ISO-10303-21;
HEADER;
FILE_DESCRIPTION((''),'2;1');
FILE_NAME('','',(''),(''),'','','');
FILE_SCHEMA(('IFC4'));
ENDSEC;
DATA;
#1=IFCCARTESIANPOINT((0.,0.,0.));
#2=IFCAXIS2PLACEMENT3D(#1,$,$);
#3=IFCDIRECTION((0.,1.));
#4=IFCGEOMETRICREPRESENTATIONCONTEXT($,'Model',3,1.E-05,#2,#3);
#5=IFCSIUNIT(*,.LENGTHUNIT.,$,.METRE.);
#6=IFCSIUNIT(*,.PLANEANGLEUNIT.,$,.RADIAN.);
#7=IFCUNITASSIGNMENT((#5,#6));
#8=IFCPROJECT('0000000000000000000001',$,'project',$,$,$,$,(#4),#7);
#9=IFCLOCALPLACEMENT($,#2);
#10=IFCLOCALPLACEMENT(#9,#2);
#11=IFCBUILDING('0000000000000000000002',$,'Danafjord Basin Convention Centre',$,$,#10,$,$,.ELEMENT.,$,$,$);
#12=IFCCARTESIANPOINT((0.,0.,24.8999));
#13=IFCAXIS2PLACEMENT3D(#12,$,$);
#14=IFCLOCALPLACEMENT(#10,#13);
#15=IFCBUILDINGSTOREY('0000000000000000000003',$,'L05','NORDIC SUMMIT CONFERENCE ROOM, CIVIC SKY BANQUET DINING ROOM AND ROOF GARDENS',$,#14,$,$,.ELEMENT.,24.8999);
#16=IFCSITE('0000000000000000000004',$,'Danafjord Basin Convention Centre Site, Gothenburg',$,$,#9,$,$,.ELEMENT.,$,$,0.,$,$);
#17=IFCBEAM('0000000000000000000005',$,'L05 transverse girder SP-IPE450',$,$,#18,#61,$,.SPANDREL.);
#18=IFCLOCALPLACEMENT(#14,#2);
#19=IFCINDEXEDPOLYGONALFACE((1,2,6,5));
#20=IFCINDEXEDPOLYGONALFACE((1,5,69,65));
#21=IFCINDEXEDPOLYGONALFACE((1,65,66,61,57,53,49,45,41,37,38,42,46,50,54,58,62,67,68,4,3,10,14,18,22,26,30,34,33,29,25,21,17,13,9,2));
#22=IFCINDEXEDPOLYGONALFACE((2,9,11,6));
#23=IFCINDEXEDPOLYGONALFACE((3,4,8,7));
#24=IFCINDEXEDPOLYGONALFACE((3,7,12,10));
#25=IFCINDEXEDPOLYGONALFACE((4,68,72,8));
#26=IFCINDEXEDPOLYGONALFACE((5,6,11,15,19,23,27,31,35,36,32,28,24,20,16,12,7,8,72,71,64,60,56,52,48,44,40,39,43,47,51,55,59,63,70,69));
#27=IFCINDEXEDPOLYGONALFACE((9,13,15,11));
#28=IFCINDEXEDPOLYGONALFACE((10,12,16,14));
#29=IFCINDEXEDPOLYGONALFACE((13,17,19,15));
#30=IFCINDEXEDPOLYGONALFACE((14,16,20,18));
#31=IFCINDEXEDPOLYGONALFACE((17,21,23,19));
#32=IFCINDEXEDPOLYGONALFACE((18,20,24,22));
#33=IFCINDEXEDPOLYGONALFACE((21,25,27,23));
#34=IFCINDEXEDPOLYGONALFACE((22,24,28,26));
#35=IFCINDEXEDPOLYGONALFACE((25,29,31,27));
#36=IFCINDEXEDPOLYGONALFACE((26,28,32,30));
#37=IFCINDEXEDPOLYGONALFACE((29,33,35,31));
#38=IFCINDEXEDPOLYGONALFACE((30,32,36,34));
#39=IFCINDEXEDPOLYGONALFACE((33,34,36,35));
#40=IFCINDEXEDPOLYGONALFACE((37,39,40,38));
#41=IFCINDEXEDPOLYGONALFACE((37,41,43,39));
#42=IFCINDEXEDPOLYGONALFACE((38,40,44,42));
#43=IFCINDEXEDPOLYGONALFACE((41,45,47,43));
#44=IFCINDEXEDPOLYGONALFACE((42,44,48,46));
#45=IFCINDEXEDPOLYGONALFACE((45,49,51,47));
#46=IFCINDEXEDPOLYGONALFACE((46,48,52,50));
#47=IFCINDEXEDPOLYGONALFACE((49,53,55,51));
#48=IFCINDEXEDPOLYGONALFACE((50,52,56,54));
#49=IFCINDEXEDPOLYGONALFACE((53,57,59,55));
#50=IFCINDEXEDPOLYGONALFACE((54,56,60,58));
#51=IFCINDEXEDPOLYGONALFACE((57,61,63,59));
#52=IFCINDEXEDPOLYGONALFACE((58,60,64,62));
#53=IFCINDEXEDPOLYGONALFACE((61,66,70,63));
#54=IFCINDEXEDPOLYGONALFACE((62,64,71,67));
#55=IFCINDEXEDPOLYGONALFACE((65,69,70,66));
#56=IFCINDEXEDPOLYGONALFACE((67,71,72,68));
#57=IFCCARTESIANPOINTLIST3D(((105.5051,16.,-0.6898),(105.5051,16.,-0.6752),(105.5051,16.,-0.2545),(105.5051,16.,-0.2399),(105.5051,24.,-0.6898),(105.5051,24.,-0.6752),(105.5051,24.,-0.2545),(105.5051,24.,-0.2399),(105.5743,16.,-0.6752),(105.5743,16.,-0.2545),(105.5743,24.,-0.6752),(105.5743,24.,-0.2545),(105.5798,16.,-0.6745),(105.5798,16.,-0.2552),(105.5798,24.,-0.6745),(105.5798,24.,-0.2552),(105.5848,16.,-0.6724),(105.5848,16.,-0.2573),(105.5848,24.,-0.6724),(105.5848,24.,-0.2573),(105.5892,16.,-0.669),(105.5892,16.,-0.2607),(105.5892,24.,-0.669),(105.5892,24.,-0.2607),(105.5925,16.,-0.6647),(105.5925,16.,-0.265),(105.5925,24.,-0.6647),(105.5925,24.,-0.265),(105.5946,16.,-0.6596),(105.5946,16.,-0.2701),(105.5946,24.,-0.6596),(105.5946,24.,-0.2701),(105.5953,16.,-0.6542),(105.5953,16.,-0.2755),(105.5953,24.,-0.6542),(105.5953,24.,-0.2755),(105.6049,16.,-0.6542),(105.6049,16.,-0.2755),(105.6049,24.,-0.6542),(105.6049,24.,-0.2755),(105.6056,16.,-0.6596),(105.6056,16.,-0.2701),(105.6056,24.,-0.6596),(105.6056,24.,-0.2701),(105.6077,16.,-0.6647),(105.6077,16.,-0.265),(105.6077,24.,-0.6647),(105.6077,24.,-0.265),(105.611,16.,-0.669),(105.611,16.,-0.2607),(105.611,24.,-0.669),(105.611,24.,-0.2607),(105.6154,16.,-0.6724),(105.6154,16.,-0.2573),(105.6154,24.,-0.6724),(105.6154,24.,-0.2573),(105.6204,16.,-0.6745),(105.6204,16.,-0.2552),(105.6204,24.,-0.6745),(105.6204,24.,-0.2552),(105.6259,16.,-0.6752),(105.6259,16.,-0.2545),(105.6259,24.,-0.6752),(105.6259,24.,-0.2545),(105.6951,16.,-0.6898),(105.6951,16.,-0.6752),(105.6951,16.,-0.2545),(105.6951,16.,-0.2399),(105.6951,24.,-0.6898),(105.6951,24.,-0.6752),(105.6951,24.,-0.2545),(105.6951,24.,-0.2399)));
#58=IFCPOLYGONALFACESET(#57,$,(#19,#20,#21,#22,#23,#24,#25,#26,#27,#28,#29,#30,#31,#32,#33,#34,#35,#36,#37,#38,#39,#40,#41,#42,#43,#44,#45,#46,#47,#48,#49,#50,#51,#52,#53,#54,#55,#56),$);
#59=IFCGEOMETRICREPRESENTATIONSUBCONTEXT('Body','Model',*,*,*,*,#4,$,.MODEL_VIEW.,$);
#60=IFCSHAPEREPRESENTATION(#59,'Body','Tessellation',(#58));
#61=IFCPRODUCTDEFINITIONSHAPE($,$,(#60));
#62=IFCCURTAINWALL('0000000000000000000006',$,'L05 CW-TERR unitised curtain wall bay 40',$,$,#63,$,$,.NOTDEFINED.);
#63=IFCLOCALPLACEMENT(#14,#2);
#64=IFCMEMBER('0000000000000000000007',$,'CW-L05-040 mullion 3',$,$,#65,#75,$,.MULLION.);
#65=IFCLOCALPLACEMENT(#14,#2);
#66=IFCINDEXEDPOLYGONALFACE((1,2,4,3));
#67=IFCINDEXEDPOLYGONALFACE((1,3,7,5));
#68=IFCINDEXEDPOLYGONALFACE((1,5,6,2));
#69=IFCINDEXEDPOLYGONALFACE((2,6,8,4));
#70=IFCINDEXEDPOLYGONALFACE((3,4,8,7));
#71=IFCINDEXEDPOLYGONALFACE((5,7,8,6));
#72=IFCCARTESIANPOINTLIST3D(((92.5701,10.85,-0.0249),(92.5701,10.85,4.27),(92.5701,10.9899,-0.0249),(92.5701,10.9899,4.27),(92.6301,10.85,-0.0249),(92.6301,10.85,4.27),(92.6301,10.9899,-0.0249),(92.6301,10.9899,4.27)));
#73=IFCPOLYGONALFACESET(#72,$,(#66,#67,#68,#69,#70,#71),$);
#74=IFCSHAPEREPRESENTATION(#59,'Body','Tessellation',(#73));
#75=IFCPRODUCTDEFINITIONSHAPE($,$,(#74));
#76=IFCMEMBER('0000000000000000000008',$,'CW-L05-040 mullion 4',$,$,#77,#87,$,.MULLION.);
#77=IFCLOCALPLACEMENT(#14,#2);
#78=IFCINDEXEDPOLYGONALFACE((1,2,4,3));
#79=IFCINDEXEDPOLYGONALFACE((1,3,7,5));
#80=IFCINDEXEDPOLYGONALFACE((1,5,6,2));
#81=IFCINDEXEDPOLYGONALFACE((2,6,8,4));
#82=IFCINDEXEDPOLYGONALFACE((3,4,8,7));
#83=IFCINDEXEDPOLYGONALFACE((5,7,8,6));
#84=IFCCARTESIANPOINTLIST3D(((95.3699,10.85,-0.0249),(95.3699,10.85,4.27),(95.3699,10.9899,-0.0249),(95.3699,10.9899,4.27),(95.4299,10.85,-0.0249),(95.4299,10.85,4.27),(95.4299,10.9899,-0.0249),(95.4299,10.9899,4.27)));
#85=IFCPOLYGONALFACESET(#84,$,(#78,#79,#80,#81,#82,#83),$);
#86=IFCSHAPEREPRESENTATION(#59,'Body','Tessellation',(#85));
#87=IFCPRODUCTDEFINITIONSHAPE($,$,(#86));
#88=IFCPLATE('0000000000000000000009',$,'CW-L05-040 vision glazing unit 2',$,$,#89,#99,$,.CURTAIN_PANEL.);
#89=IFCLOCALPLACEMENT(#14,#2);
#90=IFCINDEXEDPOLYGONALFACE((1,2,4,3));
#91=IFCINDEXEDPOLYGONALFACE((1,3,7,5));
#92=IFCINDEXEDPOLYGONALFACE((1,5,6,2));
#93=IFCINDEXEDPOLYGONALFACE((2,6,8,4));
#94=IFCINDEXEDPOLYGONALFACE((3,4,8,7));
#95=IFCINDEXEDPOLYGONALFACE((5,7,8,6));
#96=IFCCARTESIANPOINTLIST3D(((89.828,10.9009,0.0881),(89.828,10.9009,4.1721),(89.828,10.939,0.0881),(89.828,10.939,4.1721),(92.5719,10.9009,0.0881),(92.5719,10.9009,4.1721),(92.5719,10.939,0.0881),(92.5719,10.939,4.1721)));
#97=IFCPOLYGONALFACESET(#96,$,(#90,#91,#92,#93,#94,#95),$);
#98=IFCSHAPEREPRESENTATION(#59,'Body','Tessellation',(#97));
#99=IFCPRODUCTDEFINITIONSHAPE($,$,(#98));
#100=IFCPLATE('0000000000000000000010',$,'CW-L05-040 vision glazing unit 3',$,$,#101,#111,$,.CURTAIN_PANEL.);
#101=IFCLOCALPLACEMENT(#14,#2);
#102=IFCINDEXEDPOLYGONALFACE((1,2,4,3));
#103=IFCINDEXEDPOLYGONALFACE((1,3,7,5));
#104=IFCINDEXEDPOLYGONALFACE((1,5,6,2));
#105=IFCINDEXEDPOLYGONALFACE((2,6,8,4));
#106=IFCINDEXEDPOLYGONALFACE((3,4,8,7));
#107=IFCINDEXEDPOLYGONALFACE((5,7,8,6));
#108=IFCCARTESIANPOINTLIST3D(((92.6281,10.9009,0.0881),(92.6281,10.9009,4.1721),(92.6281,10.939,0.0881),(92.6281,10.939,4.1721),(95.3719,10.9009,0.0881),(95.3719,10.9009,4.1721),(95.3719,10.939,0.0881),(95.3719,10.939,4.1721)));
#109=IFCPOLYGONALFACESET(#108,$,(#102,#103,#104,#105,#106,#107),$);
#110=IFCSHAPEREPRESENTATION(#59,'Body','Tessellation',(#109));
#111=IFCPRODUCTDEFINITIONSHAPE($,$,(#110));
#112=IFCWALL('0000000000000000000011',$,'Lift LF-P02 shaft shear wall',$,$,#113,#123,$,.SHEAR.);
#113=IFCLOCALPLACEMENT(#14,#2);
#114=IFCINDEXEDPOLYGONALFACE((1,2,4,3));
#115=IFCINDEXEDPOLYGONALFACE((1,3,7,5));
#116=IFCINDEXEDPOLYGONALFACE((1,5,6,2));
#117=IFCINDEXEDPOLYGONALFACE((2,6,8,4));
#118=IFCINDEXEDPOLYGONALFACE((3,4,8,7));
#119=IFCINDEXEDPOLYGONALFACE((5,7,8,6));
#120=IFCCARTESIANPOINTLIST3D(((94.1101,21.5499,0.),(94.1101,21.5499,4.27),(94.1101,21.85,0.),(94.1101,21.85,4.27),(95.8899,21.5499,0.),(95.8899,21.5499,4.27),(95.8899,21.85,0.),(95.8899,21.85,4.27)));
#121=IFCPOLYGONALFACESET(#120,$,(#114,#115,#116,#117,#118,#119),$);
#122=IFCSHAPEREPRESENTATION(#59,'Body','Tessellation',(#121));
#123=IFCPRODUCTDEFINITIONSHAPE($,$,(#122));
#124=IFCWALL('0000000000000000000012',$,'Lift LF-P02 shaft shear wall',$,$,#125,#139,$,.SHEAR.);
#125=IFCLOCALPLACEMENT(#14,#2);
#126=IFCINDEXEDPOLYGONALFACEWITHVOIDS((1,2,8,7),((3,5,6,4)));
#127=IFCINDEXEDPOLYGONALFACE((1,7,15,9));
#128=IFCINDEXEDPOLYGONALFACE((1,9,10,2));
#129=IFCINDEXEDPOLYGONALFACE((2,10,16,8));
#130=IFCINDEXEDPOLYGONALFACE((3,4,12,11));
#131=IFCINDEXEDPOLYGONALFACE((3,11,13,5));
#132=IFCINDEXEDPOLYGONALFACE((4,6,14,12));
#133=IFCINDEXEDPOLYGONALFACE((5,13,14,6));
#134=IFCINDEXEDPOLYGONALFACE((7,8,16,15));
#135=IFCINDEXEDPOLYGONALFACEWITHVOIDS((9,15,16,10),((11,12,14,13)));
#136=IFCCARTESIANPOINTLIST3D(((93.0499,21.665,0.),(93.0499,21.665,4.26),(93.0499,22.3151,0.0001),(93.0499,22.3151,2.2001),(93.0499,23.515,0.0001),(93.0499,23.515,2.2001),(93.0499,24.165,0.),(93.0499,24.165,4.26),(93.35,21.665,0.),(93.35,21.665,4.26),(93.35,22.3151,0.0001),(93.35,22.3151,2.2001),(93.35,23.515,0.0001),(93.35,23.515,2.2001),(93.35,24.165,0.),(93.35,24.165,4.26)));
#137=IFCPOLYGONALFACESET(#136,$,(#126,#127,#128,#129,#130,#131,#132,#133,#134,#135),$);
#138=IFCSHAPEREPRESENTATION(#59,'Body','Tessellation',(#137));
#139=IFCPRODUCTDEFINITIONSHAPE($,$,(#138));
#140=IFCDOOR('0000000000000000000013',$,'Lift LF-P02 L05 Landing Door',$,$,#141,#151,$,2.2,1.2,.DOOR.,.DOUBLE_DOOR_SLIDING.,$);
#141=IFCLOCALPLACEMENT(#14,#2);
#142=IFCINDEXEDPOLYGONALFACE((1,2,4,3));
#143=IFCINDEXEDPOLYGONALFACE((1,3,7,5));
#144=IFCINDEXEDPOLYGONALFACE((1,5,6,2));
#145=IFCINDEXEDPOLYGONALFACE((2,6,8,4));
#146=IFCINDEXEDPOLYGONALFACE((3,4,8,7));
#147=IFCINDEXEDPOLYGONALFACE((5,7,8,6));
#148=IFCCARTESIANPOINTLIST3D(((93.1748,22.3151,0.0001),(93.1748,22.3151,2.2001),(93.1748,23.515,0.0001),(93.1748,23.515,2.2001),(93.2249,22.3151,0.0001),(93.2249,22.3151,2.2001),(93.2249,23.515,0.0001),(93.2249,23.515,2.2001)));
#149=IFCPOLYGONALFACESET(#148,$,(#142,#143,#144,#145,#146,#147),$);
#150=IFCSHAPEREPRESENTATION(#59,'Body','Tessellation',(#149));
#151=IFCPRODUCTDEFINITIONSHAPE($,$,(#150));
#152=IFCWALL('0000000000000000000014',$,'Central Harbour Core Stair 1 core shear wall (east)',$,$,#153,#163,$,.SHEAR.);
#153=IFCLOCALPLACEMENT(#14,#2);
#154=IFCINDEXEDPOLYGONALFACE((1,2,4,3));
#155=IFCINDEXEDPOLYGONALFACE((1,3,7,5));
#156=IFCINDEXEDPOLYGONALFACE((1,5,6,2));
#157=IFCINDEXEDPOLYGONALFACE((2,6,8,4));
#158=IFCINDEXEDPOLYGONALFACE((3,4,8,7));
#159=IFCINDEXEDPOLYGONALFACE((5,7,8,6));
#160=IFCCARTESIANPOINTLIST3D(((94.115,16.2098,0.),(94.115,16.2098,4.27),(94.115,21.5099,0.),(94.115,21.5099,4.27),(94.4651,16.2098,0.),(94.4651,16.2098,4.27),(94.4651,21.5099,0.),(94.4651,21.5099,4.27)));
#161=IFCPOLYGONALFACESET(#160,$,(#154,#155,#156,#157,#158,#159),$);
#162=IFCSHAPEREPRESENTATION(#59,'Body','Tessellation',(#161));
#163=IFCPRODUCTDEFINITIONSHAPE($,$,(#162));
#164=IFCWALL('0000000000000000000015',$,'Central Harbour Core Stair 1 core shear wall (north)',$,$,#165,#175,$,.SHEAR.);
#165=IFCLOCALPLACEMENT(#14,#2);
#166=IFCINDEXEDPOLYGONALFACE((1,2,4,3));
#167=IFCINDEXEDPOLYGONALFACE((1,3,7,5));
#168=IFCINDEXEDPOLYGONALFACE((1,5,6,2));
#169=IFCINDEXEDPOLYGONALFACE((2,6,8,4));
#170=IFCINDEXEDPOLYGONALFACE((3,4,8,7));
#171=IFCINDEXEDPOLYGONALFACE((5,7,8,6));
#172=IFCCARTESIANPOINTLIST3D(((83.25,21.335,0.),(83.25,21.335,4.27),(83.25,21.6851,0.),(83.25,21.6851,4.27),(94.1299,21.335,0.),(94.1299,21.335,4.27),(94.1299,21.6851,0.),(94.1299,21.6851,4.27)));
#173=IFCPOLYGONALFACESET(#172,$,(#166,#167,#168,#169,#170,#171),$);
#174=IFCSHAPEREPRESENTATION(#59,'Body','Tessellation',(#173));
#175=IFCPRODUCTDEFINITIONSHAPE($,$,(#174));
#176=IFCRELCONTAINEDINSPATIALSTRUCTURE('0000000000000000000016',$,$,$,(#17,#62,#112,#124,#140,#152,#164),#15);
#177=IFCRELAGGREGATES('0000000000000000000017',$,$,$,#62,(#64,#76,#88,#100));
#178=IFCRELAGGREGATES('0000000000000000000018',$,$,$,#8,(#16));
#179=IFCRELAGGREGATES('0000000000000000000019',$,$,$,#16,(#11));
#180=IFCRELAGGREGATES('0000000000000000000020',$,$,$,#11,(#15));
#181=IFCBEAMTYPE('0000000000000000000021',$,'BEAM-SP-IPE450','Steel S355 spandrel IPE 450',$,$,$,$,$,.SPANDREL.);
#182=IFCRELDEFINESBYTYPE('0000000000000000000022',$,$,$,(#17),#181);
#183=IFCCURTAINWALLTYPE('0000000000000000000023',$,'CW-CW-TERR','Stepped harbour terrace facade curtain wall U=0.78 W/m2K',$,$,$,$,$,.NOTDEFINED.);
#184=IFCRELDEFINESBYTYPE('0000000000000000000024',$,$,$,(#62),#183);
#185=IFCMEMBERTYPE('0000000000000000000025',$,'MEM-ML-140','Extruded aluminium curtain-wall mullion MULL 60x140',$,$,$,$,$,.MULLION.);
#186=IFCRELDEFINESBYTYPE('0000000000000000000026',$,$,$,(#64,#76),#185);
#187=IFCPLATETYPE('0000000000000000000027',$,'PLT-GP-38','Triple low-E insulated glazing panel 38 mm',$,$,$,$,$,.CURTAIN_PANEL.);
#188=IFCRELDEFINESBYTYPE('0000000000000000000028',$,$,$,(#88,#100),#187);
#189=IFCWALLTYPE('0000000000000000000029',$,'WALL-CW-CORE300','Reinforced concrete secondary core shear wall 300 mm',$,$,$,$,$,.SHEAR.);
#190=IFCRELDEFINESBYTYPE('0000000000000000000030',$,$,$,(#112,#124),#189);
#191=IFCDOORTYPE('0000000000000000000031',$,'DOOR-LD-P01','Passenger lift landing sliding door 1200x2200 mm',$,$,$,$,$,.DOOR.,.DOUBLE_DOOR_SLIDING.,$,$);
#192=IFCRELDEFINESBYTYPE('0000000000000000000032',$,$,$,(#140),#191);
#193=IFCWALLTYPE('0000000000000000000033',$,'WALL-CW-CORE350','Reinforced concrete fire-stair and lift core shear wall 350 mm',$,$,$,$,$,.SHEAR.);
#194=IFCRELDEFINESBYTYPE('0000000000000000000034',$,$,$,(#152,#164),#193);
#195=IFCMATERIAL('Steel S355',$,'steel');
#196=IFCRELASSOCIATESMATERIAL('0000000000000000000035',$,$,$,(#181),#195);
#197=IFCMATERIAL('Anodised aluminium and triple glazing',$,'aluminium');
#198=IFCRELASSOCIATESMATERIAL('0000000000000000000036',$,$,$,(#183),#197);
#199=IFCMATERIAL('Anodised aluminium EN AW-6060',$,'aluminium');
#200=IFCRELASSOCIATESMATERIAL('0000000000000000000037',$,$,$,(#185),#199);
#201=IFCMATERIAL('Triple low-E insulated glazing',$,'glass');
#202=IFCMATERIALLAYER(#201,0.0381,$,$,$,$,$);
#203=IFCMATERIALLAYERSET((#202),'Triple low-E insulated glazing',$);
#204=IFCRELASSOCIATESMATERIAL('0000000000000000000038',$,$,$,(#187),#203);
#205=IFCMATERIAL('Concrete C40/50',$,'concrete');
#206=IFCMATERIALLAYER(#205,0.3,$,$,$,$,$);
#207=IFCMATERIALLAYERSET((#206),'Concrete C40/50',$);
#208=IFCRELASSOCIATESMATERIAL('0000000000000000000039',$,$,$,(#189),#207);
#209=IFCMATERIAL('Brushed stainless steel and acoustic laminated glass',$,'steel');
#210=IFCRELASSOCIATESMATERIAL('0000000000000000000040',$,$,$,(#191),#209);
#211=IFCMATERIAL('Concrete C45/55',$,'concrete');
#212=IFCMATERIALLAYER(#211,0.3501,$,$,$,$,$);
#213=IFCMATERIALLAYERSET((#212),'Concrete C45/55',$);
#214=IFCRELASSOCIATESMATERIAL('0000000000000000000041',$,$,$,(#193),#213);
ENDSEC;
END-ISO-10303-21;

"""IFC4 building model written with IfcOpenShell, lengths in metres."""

from ifc_helpers import new_model, si_unit, direction, frame, frame_2d, origin, origin_2d, place, context, subcontext, project, spatial, rectangle, i_section, extrude, material, layer, layer_set, material_profile, profile_set, type_object, element, fill, aggregate, save


model = new_model("IFC4")

# Units and contexts
model_context = context("Model", 3, precision=1e-05, world=origin(), true_north=direction((0.0, 1.0)))
body_context = subcontext(model_context, "Body", "Model", "MODEL_VIEW")
ifc_project = project(units=[si_unit("LENGTHUNIT", "METRE"), si_unit("PLANEANGLEUNIT", "RADIAN")], contexts=[model_context])

# Site, building, storey
site_placement = place(None, origin())
site = spatial("IfcSite", under=ifc_project, at=site_placement, Name="Danafjord Basin Convention Centre Site, Gothenburg", CompositionType="ELEMENT", RefElevation=0.0)
building_placement = place(site_placement, origin())
building = spatial("IfcBuilding", under=site, at=building_placement, Name="Danafjord Basin Convention Centre", CompositionType="ELEMENT")
storey_placement = place(building_placement, frame((0.0, 0.0, 24.8999)))
storey = spatial("IfcBuildingStorey", under=building, at=storey_placement, Name="L05", Description="NORDIC SUMMIT CONFERENCE ROOM, CIVIC SKY BANQUET DINING ROOM AND ROOF GARDENS", CompositionType="ELEMENT", Elevation=24.8999)

# Shared definitions
ifc_material_1 = material(Name="Steel S355", Category="steel")

# Beam
ifc_material_profile_1 = material_profile(ifc_material_1, i_section(OverallWidth=0.1899, OverallDepth=0.45, WebThickness=0.0095, FlangeThickness=0.0146, FilletRadius=0.021, at=origin_2d()), Name="IPE 450")
ifc_profile_set_1 = profile_set([ifc_material_profile_1], Name="Steel S355")
beam_type_1 = type_object("IfcBeamType", Name="BEAM-SP-IPE450", Description="Steel S355 spandrel IPE 450", PredefinedType="SPANDREL", material=ifc_profile_set_1)
beam_1_placement = place(storey_placement, frame((105.6001, 16.0, -0.4648), z_axis=(0.0, 1.0, 0.0), x_axis=(-1.0, 0.0, 0.0)))
element("IfcBeam", 1, at=beam_1_placement, inside=storey, type_object=beam_type_1, Name="L05 transverse girder SP-IPE450", PredefinedType="SPANDREL", context=body_context, shape_type="SweptSolid", body=[
    extrude(i_section(OverallWidth=0.1899, OverallDepth=0.45, WebThickness=0.0095, FlangeThickness=0.0146, FilletRadius=0.021, at=origin_2d()), origin(), (0.0, 0.0, 1.0), 8.0),
])

# Curtain wall, members, plates
ifc_material_2 = material(Name="Anodised aluminium and triple glazing", Category="aluminium")
curtain_wall_type = type_object("IfcCurtainWallType", Name="CW-CW-TERR", Description="Stepped harbour terrace facade curtain wall U=0.78 W/m2K", PredefinedType="NOTDEFINED", material=ifc_material_2)
curtain_wall_placement = place(storey_placement, origin())
curtain_wall = element("IfcCurtainWall", 2, at=curtain_wall_placement, inside=storey, type_object=curtain_wall_type, Name="L05 CW-TERR unitised curtain wall bay 40", PredefinedType="NOTDEFINED")
ifc_material_3 = material(Name="Anodised aluminium EN AW-6060", Category="aluminium")
ifc_material_profile_2 = material_profile(ifc_material_3, rectangle(XDim=0.0601, YDim=0.1399, at=origin_2d()), Name="MULL 60x140")
ifc_profile_set_2 = profile_set([ifc_material_profile_2], Name="Anodised aluminium EN AW-6060")
member_type = type_object("IfcMemberType", Name="MEM-ML-140", Description="Extruded aluminium curtain-wall mullion MULL 60x140", PredefinedType="MULLION", material=ifc_profile_set_2)
member_1_placement = place(storey_placement, frame((92.6001, 10.9199, -0.0249), z_axis=(0.0, 0.0, 1.0), x_axis=(1.0, 0.0, 0.0)))
member_1 = element("IfcMember", 3, at=member_1_placement, type_object=member_type, Name="CW-L05-040 mullion 3", PredefinedType="MULLION", context=body_context, shape_type="SweptSolid", body=[
    extrude(rectangle(XDim=0.0601, YDim=0.1399, at=origin_2d()), origin(), (0.0, 0.0, 1.0), 4.2949),
])
member_2_placement = place(storey_placement, frame((95.3999, 10.9199, -0.0249), z_axis=(0.0, 0.0, 1.0), x_axis=(1.0, 0.0, 0.0)))
member_2 = element("IfcMember", 4, at=member_2_placement, type_object=member_type, Name="CW-L05-040 mullion 4", PredefinedType="MULLION", context=body_context, shape_type="SweptSolid", body=[
    extrude(rectangle(XDim=0.0601, YDim=0.1399, at=origin_2d()), origin(), (0.0, 0.0, 1.0), 4.2949),
])
ifc_material_4 = material(Name="Triple low-E insulated glazing", Category="glass")
ifc_layer_1 = layer(ifc_material_4, 0.0381)
ifc_layer_set_1 = layer_set([ifc_layer_1], Name="Triple low-E insulated glazing")
plate_type = type_object("IfcPlateType", Name="PLT-GP-38", Description="Triple low-E insulated glazing panel 38 mm", PredefinedType="CURTAIN_PANEL", material=ifc_layer_set_1)
plate_1_placement = place(storey_placement, frame((91.2, 10.9199, 0.0881), z_axis=(0.0, 0.0, 1.0), x_axis=(1.0, 0.0, 0.0)))
plate_1 = element("IfcPlate", 5, at=plate_1_placement, type_object=plate_type, Name="CW-L05-040 vision glazing unit 2", PredefinedType="CURTAIN_PANEL", context=body_context, shape_type="SweptSolid", body=[
    extrude(rectangle(XDim=2.7439, YDim=0.0381, at=origin_2d()), origin(), (0.0, 0.0, 1.0), 4.084),
])
plate_2_placement = place(storey_placement, frame((94.0, 10.9199, 0.0881), z_axis=(0.0, 0.0, 1.0), x_axis=(1.0, 0.0, 0.0)))
plate_2 = element("IfcPlate", 6, at=plate_2_placement, type_object=plate_type, Name="CW-L05-040 vision glazing unit 3", PredefinedType="CURTAIN_PANEL", context=body_context, shape_type="SweptSolid", body=[
    extrude(rectangle(XDim=2.7439, YDim=0.0381, at=origin_2d()), origin(), (0.0, 0.0, 1.0), 4.084),
])
aggregate(curtain_wall, [member_1, member_2, plate_1, plate_2])

# Wall
ifc_material_5 = material(Name="Concrete C40/50", Category="concrete")
ifc_layer_2 = layer(ifc_material_5, 0.3)
ifc_layer_set_2 = layer_set([ifc_layer_2], Name="Concrete C40/50")
wall_type_1 = type_object("IfcWallType", Name="WALL-CW-CORE300", Description="Reinforced concrete secondary core shear wall 300 mm", PredefinedType="SHEAR", material=ifc_layer_set_2)
wall_1_placement = place(storey_placement, frame((94.1101, 21.7, 0.0), z_axis=(0.0, 0.0, 1.0), x_axis=(1.0, 0.0, 0.0)))
element("IfcWall", 7, at=wall_1_placement, inside=storey, type_object=wall_type_1, Name="Lift LF-P02 shaft shear wall", PredefinedType="SHEAR", context=body_context, shape_type="SweptSolid", body=[
    extrude(rectangle(XDim=1.7798, YDim=0.3, at=frame_2d((0.8899, 0.0))), origin(), (0.0, 0.0, 1.0), 4.27),
])

# Wall, opening, door
wall_2_placement = place(storey_placement, frame((93.2, 24.165, 0.0), z_axis=(0.0, 0.0, 1.0), x_axis=(0.0, -1.0, 0.0)))
wall_2 = element("IfcWall", 8, at=wall_2_placement, inside=storey, type_object=wall_type_1, Name="Lift LF-P02 shaft shear wall", PredefinedType="SHEAR", context=body_context, shape_type="SweptSolid", body=[
    extrude(rectangle(XDim=2.5, YDim=0.3, at=frame_2d((1.25, 0.0))), origin(), (0.0, 0.0, 1.0), 4.26),
])
opening_1_placement = place(wall_2_placement, frame((0.6499, 0.0, 0.0)))
opening_1 = element("IfcOpeningElement", 9, at=opening_1_placement, cuts=wall_2, PredefinedType="OPENING", context=body_context, shape_type="SweptSolid", body=[
    extrude(rectangle(XDim=1.2, YDim=2.2, at=frame_2d((0.6001, 1.1001))), frame((0.0, 0.1599, 0.0), z_axis=(0.0, -1.0, 0.0), x_axis=(1.0, 0.0, 0.0)), (0.0, 0.0, 1.0), 0.3201),
])
ifc_material_6 = material(Name="Brushed stainless steel and acoustic laminated glass", Category="steel")
door_type = type_object("IfcDoorType", Name="DOOR-LD-P01", Description="Passenger lift landing sliding door 1200x2200 mm", OperationType="DOUBLE_DOOR_SLIDING", PredefinedType="DOOR", material=ifc_material_6)
door_placement = place(opening_1_placement, origin())
door = element("IfcDoor", 10, at=door_placement, inside=storey, type_object=door_type, Name="Lift LF-P02 L05 Landing Door", OperationType="DOUBLE_DOOR_SLIDING", OverallHeight=2.2, OverallWidth=1.2, PredefinedType="DOOR", context=body_context, shape_type="SweptSolid", body=[
    extrude(rectangle(XDim=1.2, YDim=2.2, at=frame_2d((0.6001, 1.1001))), frame((0.0, 0.0249, 0.0), z_axis=(0.0, -1.0, 0.0), x_axis=(1.0, 0.0, 0.0)), (0.0, 0.0, 1.0), 0.05),
])
fill(opening_1, door)

# Walls
ifc_material_7 = material(Name="Concrete C45/55", Category="concrete")
ifc_layer_3 = layer(ifc_material_7, 0.3501)
ifc_layer_set_3 = layer_set([ifc_layer_3], Name="Concrete C45/55")
wall_type_2 = type_object("IfcWallType", Name="WALL-CW-CORE350", Description="Reinforced concrete fire-stair and lift core shear wall 350 mm", PredefinedType="SHEAR", material=ifc_layer_set_3)
wall_3_placement = place(storey_placement, frame((94.29, 16.21, 0.0), z_axis=(0.0, 0.0, 1.0), x_axis=(0.0, 1.0, 0.0)))
element("IfcWall", 11, at=wall_3_placement, inside=storey, type_object=wall_type_2, Name="Central Harbour Core Stair 1 core shear wall (east)", PredefinedType="SHEAR", context=body_context, shape_type="SweptSolid", body=[
    extrude(rectangle(XDim=5.3, YDim=0.3501, at=frame_2d((2.6499, 0.0))), origin(), (0.0, 0.0, 1.0), 4.27),
])
wall_4_placement = place(storey_placement, frame((94.1299, 21.51, 0.0), z_axis=(0.0, 0.0, 1.0), x_axis=(-1.0, 0.0, 0.0)))
element("IfcWall", 12, at=wall_4_placement, inside=storey, type_object=wall_type_2, Name="Central Harbour Core Stair 1 core shear wall (north)", PredefinedType="SHEAR", context=body_context, shape_type="SweptSolid", body=[
    extrude(rectangle(XDim=10.8799, YDim=0.3501, at=frame_2d((5.4399, 0.0))), origin(), (0.0, 0.0, 1.0), 4.27),
])

save(model, "model.ifc")
